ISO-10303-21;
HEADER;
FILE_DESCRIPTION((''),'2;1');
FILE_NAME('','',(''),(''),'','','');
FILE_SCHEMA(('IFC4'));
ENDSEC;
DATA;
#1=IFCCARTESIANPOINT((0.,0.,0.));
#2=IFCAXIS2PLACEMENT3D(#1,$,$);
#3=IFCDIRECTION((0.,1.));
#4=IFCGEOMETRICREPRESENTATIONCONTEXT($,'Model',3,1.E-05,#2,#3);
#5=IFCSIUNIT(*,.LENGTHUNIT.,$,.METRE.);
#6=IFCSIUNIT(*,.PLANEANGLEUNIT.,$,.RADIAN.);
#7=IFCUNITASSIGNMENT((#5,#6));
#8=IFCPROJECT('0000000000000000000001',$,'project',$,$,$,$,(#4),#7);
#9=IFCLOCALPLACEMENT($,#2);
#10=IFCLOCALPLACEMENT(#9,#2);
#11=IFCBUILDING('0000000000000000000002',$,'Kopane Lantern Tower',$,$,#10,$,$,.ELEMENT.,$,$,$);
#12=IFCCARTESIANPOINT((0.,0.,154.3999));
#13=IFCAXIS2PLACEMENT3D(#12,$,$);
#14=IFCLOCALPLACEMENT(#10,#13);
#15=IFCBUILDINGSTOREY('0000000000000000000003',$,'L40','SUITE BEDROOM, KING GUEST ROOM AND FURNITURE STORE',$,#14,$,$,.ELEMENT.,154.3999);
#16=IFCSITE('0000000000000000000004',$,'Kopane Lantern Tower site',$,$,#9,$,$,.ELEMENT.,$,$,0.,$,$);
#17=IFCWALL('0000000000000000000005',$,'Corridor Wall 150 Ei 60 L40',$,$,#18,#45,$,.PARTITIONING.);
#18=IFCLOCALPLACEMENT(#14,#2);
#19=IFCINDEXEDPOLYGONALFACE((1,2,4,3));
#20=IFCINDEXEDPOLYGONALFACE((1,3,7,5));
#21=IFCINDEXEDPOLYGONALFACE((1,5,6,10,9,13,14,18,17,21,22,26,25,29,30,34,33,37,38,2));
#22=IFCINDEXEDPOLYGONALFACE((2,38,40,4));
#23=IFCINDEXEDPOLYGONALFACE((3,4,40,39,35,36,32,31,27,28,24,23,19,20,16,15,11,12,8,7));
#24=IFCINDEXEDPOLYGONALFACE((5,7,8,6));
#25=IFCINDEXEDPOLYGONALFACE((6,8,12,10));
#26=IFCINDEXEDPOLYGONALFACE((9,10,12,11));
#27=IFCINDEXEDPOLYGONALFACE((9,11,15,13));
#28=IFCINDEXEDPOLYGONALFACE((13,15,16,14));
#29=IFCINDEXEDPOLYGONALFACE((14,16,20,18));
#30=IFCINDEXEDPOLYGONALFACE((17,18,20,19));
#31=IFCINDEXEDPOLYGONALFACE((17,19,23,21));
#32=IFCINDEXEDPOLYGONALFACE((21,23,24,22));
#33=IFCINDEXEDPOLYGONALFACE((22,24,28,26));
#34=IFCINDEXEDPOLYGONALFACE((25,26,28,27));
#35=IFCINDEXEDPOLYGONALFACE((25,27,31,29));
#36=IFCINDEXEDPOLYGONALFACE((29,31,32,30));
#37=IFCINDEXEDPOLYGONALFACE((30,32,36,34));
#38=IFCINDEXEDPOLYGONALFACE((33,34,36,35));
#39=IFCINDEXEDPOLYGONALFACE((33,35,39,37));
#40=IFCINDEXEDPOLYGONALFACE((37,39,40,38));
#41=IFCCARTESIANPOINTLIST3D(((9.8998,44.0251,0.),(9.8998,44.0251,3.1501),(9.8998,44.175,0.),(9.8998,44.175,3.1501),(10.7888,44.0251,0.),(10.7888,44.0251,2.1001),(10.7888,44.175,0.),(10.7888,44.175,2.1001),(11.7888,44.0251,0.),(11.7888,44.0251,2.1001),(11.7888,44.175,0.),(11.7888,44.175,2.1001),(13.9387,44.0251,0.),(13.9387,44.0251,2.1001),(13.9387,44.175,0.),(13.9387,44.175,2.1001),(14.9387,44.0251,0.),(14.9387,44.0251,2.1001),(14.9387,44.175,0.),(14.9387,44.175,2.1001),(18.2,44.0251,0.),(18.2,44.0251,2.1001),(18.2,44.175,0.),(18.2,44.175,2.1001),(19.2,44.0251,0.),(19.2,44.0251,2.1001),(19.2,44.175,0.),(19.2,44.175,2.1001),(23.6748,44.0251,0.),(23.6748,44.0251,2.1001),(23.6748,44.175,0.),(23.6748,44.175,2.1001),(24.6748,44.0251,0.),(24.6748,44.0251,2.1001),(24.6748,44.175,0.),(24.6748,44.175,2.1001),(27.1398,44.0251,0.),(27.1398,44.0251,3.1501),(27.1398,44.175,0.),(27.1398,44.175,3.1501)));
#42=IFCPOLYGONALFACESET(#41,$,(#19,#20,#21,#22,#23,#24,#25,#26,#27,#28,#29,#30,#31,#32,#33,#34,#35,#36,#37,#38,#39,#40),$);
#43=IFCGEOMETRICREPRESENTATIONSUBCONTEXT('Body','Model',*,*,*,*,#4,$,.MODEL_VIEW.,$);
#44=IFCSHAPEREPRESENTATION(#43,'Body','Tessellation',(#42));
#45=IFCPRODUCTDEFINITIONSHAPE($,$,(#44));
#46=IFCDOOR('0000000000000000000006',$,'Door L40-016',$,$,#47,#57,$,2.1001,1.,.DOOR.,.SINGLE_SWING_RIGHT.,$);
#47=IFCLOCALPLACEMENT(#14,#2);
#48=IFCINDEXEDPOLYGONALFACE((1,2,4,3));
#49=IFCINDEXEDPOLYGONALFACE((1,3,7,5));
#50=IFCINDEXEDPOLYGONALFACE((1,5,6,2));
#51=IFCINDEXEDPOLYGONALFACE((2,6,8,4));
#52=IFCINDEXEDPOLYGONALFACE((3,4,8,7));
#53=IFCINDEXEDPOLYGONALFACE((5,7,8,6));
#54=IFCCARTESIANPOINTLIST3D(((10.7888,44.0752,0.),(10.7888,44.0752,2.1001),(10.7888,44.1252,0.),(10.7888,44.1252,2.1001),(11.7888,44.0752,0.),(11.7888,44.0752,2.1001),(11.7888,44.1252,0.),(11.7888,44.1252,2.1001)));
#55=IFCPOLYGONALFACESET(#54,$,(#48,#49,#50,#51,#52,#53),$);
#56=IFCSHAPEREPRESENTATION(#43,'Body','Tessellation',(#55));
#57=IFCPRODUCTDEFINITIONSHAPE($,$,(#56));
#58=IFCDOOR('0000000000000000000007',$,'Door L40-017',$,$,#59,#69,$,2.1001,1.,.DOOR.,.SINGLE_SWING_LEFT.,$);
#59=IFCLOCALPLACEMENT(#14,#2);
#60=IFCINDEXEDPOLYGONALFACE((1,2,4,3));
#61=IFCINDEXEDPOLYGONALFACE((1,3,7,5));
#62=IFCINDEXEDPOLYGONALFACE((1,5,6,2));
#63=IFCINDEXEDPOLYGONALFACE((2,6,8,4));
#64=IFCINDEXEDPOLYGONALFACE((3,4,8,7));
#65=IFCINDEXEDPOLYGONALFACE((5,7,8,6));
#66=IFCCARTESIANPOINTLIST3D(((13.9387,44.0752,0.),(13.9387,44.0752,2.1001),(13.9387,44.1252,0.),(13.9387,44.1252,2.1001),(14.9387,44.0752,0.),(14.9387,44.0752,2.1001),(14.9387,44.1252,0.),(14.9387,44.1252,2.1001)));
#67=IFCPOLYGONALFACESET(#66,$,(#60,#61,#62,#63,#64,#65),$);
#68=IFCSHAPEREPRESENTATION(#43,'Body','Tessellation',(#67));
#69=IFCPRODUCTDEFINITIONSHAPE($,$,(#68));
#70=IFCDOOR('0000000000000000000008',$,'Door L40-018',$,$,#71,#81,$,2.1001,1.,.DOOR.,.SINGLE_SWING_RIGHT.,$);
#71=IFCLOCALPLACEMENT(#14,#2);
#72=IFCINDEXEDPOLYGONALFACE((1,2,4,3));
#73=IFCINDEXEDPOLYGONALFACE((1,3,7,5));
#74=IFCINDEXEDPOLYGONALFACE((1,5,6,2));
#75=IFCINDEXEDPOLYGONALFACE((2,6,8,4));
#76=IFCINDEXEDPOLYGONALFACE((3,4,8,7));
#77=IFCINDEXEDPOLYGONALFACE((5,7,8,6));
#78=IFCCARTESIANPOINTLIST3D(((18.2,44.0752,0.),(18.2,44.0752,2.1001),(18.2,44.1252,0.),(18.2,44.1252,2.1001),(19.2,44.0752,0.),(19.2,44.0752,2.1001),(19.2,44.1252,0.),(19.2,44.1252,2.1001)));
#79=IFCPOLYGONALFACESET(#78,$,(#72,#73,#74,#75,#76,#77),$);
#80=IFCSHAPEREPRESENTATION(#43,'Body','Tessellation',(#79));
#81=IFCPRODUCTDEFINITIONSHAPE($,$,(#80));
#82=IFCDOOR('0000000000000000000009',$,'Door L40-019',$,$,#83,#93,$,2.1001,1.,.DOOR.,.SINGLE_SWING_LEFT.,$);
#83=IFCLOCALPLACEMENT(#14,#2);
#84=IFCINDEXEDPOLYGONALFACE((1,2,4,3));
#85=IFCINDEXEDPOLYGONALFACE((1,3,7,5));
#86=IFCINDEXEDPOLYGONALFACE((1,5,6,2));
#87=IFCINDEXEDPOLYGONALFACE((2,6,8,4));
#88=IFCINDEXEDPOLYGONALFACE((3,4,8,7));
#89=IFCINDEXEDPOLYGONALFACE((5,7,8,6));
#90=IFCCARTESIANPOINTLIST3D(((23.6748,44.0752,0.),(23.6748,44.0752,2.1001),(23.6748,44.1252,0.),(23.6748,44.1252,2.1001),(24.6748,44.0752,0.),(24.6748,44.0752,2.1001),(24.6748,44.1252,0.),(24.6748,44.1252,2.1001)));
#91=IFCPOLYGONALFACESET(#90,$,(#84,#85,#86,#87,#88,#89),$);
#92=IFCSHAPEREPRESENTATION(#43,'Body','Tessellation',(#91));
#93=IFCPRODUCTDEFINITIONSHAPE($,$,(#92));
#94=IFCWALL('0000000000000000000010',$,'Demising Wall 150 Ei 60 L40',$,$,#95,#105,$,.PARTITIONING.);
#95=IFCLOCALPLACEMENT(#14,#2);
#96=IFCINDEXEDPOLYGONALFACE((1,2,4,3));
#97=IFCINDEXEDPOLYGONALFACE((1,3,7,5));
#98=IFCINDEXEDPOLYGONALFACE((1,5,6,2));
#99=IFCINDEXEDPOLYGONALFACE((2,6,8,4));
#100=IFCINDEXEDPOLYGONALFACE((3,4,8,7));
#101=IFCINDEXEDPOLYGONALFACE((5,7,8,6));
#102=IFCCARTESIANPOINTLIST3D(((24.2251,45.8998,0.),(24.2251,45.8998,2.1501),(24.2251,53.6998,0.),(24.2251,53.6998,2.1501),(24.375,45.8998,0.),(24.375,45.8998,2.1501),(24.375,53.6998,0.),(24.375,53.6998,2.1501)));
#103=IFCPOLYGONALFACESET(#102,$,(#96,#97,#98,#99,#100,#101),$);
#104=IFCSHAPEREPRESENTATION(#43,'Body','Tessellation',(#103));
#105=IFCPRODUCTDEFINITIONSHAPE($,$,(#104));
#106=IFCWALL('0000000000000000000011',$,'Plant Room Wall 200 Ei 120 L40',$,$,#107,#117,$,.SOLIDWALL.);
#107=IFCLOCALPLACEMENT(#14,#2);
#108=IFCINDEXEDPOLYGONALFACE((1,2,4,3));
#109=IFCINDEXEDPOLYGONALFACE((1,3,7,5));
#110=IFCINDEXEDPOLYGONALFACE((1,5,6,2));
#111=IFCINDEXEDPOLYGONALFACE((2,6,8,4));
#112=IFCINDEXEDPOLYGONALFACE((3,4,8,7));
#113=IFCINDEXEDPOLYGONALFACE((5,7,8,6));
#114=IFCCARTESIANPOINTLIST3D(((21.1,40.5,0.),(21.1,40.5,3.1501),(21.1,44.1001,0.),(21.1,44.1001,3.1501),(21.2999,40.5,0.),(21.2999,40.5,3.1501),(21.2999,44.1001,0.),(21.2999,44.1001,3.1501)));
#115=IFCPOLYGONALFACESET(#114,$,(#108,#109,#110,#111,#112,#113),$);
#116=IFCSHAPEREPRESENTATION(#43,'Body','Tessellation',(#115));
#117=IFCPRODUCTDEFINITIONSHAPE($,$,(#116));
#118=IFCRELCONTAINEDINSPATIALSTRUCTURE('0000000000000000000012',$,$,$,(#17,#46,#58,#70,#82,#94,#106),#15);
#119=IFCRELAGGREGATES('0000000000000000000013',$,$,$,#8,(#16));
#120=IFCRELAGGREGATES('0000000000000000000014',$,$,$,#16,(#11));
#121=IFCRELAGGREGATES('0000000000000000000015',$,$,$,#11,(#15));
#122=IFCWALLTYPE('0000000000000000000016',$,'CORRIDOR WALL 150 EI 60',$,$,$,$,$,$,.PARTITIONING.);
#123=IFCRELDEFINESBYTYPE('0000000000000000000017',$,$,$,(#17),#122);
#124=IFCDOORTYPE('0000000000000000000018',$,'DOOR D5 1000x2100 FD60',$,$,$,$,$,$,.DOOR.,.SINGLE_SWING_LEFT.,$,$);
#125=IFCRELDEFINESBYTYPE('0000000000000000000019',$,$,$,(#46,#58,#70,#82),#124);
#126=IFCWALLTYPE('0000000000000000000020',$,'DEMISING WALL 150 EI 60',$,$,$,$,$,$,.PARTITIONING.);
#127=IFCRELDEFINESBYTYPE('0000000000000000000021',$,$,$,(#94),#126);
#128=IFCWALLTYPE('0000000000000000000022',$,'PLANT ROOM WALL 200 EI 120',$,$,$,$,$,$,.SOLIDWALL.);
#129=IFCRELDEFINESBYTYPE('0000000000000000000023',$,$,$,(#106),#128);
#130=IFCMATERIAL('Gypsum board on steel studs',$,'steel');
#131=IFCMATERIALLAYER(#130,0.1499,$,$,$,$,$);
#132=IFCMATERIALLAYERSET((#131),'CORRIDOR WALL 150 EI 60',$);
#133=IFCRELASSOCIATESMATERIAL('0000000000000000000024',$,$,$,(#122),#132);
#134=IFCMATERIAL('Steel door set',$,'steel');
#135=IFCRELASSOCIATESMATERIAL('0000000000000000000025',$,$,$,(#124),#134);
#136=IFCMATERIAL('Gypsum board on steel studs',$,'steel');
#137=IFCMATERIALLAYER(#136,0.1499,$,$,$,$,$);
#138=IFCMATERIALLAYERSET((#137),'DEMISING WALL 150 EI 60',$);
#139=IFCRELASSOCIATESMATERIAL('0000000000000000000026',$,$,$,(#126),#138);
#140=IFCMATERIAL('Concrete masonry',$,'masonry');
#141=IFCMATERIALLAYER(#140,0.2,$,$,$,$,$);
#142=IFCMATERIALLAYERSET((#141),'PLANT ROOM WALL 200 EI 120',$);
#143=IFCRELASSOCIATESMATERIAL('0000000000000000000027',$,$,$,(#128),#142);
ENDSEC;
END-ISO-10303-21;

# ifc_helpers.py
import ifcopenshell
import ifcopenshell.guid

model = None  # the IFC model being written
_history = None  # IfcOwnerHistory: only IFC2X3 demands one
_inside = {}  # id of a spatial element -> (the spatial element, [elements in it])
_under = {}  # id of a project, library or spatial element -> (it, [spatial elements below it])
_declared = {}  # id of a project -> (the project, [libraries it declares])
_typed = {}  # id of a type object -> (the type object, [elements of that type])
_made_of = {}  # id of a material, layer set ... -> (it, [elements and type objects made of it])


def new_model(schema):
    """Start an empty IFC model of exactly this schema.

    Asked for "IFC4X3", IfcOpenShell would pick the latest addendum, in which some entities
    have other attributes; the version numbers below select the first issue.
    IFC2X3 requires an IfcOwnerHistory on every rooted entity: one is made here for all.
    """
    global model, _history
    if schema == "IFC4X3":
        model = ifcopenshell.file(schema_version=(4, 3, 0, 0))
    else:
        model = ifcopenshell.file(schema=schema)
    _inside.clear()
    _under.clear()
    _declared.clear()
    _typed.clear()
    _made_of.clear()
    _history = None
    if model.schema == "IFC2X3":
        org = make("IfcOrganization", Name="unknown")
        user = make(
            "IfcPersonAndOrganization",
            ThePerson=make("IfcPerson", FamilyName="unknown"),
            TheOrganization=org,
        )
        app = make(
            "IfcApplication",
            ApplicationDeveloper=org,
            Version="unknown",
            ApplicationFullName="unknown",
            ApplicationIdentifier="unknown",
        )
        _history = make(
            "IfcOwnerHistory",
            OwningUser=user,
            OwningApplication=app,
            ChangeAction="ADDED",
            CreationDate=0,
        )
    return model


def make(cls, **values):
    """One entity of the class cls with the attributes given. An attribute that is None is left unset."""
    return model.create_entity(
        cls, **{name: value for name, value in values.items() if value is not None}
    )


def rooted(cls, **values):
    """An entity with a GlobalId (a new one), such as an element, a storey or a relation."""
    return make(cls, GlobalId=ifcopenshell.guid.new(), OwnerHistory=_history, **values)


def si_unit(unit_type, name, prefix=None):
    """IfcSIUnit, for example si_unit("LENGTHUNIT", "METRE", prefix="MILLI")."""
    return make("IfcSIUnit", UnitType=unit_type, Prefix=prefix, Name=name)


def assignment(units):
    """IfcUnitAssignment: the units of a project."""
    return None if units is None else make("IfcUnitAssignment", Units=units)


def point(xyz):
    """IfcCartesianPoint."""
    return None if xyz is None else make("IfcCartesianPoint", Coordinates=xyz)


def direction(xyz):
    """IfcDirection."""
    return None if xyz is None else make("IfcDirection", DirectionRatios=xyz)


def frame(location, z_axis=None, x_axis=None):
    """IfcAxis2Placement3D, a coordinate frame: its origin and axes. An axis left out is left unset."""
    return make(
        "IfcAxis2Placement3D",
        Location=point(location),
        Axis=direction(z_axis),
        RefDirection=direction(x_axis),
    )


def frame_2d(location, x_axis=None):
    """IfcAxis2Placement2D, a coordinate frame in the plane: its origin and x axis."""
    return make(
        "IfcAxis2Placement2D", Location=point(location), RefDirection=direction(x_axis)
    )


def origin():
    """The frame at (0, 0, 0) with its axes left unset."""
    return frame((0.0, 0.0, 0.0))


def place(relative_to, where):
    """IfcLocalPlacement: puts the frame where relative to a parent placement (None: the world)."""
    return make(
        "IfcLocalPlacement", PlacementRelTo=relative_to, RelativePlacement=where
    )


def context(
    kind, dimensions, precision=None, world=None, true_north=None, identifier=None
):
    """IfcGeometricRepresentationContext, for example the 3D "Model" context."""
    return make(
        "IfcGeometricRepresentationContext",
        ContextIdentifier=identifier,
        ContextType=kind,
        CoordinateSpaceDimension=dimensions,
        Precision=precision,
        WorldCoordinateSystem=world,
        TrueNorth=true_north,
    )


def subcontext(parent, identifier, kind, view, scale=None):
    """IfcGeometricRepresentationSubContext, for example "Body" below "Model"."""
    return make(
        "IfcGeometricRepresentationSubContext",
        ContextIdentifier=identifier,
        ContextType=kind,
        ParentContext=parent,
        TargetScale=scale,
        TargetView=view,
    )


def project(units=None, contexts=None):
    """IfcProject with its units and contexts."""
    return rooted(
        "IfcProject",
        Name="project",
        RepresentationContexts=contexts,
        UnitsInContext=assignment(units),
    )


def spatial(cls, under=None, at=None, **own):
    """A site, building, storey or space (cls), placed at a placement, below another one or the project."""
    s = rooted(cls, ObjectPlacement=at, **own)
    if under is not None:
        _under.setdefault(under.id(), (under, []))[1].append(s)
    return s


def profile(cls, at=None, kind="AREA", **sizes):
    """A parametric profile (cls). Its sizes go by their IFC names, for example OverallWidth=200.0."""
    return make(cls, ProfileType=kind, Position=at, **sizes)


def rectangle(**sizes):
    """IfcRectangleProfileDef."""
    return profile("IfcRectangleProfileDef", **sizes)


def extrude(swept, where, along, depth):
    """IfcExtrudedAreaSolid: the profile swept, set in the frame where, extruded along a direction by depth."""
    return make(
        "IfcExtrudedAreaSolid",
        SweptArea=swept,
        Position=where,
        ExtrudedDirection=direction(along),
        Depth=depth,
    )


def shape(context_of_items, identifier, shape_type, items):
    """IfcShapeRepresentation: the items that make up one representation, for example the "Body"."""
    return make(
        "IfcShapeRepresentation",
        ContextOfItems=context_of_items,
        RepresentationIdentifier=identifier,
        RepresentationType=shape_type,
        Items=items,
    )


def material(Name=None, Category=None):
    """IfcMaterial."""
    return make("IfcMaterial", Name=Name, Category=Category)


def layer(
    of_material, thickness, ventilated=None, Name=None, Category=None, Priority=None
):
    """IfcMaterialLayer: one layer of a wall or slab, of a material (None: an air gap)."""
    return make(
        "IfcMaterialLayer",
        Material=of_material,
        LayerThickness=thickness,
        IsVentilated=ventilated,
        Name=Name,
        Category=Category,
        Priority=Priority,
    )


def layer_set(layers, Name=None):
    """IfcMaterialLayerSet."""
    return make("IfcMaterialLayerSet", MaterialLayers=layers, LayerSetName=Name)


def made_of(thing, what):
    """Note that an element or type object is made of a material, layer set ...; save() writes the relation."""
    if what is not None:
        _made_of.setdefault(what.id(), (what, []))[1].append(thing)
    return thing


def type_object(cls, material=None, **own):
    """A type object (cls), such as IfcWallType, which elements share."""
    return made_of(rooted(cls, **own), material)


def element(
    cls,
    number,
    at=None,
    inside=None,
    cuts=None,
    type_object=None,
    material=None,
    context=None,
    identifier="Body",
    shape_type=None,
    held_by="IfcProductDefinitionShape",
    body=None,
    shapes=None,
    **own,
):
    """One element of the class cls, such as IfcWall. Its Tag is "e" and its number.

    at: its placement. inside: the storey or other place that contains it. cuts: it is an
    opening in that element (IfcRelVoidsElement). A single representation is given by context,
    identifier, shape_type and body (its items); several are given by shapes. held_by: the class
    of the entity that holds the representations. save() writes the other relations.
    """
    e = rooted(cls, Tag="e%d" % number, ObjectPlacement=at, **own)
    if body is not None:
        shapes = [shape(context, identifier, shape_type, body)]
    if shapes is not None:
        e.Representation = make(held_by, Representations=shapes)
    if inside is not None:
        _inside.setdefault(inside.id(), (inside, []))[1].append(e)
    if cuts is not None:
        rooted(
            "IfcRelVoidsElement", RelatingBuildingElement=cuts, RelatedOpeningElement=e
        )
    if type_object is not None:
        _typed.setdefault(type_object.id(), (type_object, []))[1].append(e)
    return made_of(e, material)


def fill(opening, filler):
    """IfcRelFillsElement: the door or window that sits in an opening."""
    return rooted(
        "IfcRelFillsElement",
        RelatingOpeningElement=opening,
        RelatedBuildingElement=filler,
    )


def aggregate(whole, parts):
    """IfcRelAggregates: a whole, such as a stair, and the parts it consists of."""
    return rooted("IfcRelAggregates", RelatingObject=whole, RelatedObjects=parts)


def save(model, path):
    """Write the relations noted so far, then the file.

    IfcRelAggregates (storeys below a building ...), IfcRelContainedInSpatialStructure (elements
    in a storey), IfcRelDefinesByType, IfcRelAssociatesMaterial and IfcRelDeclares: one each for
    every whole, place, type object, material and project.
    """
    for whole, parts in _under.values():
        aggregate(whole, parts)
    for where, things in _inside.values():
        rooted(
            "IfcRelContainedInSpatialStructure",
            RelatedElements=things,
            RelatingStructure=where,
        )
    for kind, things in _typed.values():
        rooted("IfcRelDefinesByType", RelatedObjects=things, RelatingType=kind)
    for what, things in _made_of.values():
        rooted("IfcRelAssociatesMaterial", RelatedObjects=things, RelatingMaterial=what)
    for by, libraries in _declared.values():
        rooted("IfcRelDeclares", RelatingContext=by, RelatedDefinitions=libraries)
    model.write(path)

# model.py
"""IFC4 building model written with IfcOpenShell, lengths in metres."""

from ifc_helpers import new_model, si_unit, direction, frame, frame_2d, origin, place, context, subcontext, project, spatial, rectangle, extrude, material, layer, layer_set, type_object, element, fill, save


model = new_model("IFC4")

# Units and contexts
model_context = context("Model", 3, precision=1e-05, world=origin(), true_north=direction((0.0, 1.0)))
body_context = subcontext(model_context, "Body", "Model", "MODEL_VIEW")
ifc_project = project(units=[si_unit("LENGTHUNIT", "METRE"), si_unit("PLANEANGLEUNIT", "RADIAN")], contexts=[model_context])

# Site, building, storey
site_placement = place(None, origin())
site = spatial("IfcSite", under=ifc_project, at=site_placement, Name="Kopane Lantern Tower site", CompositionType="ELEMENT", RefElevation=0.0)
building_placement = place(site_placement, origin())
building = spatial("IfcBuilding", under=site, at=building_placement, Name="Kopane Lantern Tower", CompositionType="ELEMENT")
storey_placement = place(building_placement, frame((0.0, 0.0, 154.3999)))
storey = spatial("IfcBuildingStorey", under=building, at=storey_placement, Name="L40", Description="SUITE BEDROOM, KING GUEST ROOM AND FURNITURE STORE", CompositionType="ELEMENT", Elevation=154.3999)

# Wall, openings, doors
ifc_material_1 = material(Name="Gypsum board on steel studs", Category="steel")
ifc_layer_1 = layer(ifc_material_1, 0.1499)
ifc_layer_set_1 = layer_set([ifc_layer_1], Name="CORRIDOR WALL 150 EI 60")
wall_type_1 = type_object("IfcWallType", Name="CORRIDOR WALL 150 EI 60", PredefinedType="PARTITIONING", material=ifc_layer_set_1)
wall_1_placement = place(storey_placement, frame((27.1399, 44.1001, 0.0), z_axis=(0.0, 0.0, 1.0), x_axis=(-1.0, 0.0, 0.0)))
wall_1 = element("IfcWall", 1, at=wall_1_placement, inside=storey, type_object=wall_type_1, Name="Corridor Wall 150 Ei 60 L40", PredefinedType="PARTITIONING", context=body_context, shape_type="SweptSolid", body=[
    extrude(rectangle(XDim=17.24, YDim=0.1499, at=frame_2d((8.6201, 0.0))), origin(), (0.0, 0.0, 1.0), 3.1501),
])
opening_1_placement = place(wall_1_placement, frame((15.3511, 0.0, 0.0)))
opening_1 = element("IfcOpeningElement", 2, at=opening_1_placement, cuts=wall_1, PredefinedType="OPENING", context=body_context, shape_type="SweptSolid", body=[
    extrude(rectangle(XDim=1.0, YDim=2.1001, at=frame_2d((0.5, 1.05))), frame((0.0, 0.085, 0.0), z_axis=(0.0, -1.0, 0.0), x_axis=(1.0, 0.0, 0.0)), (0.0, 0.0, 1.0), 0.1699),
])
opening_2_placement = place(wall_1_placement, frame((12.2012, 0.0, 0.0)))
opening_2 = element("IfcOpeningElement", 3, at=opening_2_placement, cuts=wall_1, PredefinedType="OPENING", context=body_context, shape_type="SweptSolid", body=[
    extrude(rectangle(XDim=1.0, YDim=2.1001, at=frame_2d((0.5, 1.05))), frame((0.0, 0.085, 0.0), z_axis=(0.0, -1.0, 0.0), x_axis=(1.0, 0.0, 0.0)), (0.0, 0.0, 1.0), 0.1699),
])
opening_3_placement = place(wall_1_placement, frame((7.9399, 0.0, 0.0)))
opening_3 = element("IfcOpeningElement", 4, at=opening_3_placement, cuts=wall_1, PredefinedType="OPENING", context=body_context, shape_type="SweptSolid", body=[
    extrude(rectangle(XDim=1.0, YDim=2.1001, at=frame_2d((0.5, 1.05))), frame((0.0, 0.085, 0.0), z_axis=(0.0, -1.0, 0.0), x_axis=(1.0, 0.0, 0.0)), (0.0, 0.0, 1.0), 0.1699),
])
opening_4_placement = place(wall_1_placement, frame((2.4651, 0.0, 0.0)))
opening_4 = element("IfcOpeningElement", 5, at=opening_4_placement, cuts=wall_1, PredefinedType="OPENING", context=body_context, shape_type="SweptSolid", body=[
    extrude(rectangle(XDim=1.0, YDim=2.1001, at=frame_2d((0.5, 1.05))), frame((0.0, 0.085, 0.0), z_axis=(0.0, -1.0, 0.0), x_axis=(1.0, 0.0, 0.0)), (0.0, 0.0, 1.0), 0.1699),
])
ifc_material_2 = material(Name="Steel door set", Category="steel")
door_type_1 = type_object("IfcDoorType", Name="DOOR D5 1000x2100 FD60", OperationType="SINGLE_SWING_LEFT", PredefinedType="DOOR", material=ifc_material_2)
door_1_placement = place(opening_1_placement, origin())
door_1 = element("IfcDoor", 6, at=door_1_placement, inside=storey, type_object=door_type_1, Name="Door L40-016", OperationType="SINGLE_SWING_RIGHT", OverallHeight=2.1001, OverallWidth=1.0, PredefinedType="DOOR", context=body_context, shape_type="SweptSolid", body=[
    extrude(rectangle(XDim=1.0, YDim=2.1001, at=frame_2d((0.5, 1.05))), frame((0.0, 0.0249, 0.0), z_axis=(0.0, -1.0, 0.0), x_axis=(1.0, 0.0, 0.0)), (0.0, 0.0, 1.0), 0.05),
])
fill(opening_1, door_1)
door_2_placement = place(opening_2_placement, origin())
door_2 = element("IfcDoor", 7, at=door_2_placement, inside=storey, type_object=door_type_1, Name="Door L40-017", OperationType="SINGLE_SWING_LEFT", OverallHeight=2.1001, OverallWidth=1.0, PredefinedType="DOOR", context=body_context, shape_type="SweptSolid", body=[
    extrude(rectangle(XDim=1.0, YDim=2.1001, at=frame_2d((0.5, 1.05))), frame((0.0, 0.0249, 0.0), z_axis=(0.0, -1.0, 0.0), x_axis=(1.0, 0.0, 0.0)), (0.0, 0.0, 1.0), 0.05),
])
fill(opening_2, door_2)
door_3_placement = place(opening_3_placement, origin())
door_3 = element("IfcDoor", 8, at=door_3_placement, inside=storey, type_object=door_type_1, Name="Door L40-018", OperationType="SINGLE_SWING_RIGHT", OverallHeight=2.1001, OverallWidth=1.0, PredefinedType="DOOR", context=body_context, shape_type="SweptSolid", body=[
    extrude(rectangle(XDim=1.0, YDim=2.1001, at=frame_2d((0.5, 1.05))), frame((0.0, 0.0249, 0.0), z_axis=(0.0, -1.0, 0.0), x_axis=(1.0, 0.0, 0.0)), (0.0, 0.0, 1.0), 0.05),
])
fill(opening_3, door_3)
door_4_placement = place(opening_4_placement, origin())
door_4 = element("IfcDoor", 9, at=door_4_placement, inside=storey, type_object=door_type_1, Name="Door L40-019", OperationType="SINGLE_SWING_LEFT", OverallHeight=2.1001, OverallWidth=1.0, PredefinedType="DOOR", context=body_context, shape_type="SweptSolid", body=[
    extrude(rectangle(XDim=1.0, YDim=2.1001, at=frame_2d((0.5, 1.05))), frame((0.0, 0.0249, 0.0), z_axis=(0.0, -1.0, 0.0), x_axis=(1.0, 0.0, 0.0)), (0.0, 0.0, 1.0), 0.05),
])
fill(opening_4, door_4)

# Walls
ifc_material_3 = material(Name="Gypsum board on steel studs", Category="steel")
ifc_layer_2 = layer(ifc_material_3, 0.1499)
ifc_layer_set_2 = layer_set([ifc_layer_2], Name="DEMISING WALL 150 EI 60")
wall_type_2 = type_object("IfcWallType", Name="DEMISING WALL 150 EI 60", PredefinedType="PARTITIONING", material=ifc_layer_set_2)
wall_2_placement = place(storey_placement, frame((24.3, 45.8999, 0.0), z_axis=(0.0, 0.0, 1.0), x_axis=(0.0, 1.0, 0.0)))
element("IfcWall", 10, at=wall_2_placement, inside=storey, type_object=wall_type_2, Name="Demising Wall 150 Ei 60 L40", PredefinedType="PARTITIONING", context=body_context, shape_type="SweptSolid", body=[
    extrude(rectangle(XDim=7.8, YDim=0.1499, at=frame_2d((3.8999, 0.0))), origin(), (0.0, 0.0, 1.0), 2.1501),
])
ifc_material_4 = material(Name="Concrete masonry", Category="masonry")
ifc_layer_3 = layer(ifc_material_4, 0.2)
ifc_layer_set_3 = layer_set([ifc_layer_3], Name="PLANT ROOM WALL 200 EI 120")
wall_type_3 = type_object("IfcWallType", Name="PLANT ROOM WALL 200 EI 120", PredefinedType="SOLIDWALL", material=ifc_layer_set_3)
wall_3_placement = place(storey_placement, frame((21.2, 44.1001, 0.0), z_axis=(0.0, 0.0, 1.0), x_axis=(0.0, -1.0, 0.0)))
element("IfcWall", 11, at=wall_3_placement, inside=storey, type_object=wall_type_3, Name="Plant Room Wall 200 Ei 120 L40", PredefinedType="SOLIDWALL", context=body_context, shape_type="SweptSolid", body=[
    extrude(rectangle(XDim=3.6001, YDim=0.2, at=frame_2d((1.8, 0.0))), origin(), (0.0, 0.0, 1.0), 3.1501),
])

save(model, "model.ifc")
